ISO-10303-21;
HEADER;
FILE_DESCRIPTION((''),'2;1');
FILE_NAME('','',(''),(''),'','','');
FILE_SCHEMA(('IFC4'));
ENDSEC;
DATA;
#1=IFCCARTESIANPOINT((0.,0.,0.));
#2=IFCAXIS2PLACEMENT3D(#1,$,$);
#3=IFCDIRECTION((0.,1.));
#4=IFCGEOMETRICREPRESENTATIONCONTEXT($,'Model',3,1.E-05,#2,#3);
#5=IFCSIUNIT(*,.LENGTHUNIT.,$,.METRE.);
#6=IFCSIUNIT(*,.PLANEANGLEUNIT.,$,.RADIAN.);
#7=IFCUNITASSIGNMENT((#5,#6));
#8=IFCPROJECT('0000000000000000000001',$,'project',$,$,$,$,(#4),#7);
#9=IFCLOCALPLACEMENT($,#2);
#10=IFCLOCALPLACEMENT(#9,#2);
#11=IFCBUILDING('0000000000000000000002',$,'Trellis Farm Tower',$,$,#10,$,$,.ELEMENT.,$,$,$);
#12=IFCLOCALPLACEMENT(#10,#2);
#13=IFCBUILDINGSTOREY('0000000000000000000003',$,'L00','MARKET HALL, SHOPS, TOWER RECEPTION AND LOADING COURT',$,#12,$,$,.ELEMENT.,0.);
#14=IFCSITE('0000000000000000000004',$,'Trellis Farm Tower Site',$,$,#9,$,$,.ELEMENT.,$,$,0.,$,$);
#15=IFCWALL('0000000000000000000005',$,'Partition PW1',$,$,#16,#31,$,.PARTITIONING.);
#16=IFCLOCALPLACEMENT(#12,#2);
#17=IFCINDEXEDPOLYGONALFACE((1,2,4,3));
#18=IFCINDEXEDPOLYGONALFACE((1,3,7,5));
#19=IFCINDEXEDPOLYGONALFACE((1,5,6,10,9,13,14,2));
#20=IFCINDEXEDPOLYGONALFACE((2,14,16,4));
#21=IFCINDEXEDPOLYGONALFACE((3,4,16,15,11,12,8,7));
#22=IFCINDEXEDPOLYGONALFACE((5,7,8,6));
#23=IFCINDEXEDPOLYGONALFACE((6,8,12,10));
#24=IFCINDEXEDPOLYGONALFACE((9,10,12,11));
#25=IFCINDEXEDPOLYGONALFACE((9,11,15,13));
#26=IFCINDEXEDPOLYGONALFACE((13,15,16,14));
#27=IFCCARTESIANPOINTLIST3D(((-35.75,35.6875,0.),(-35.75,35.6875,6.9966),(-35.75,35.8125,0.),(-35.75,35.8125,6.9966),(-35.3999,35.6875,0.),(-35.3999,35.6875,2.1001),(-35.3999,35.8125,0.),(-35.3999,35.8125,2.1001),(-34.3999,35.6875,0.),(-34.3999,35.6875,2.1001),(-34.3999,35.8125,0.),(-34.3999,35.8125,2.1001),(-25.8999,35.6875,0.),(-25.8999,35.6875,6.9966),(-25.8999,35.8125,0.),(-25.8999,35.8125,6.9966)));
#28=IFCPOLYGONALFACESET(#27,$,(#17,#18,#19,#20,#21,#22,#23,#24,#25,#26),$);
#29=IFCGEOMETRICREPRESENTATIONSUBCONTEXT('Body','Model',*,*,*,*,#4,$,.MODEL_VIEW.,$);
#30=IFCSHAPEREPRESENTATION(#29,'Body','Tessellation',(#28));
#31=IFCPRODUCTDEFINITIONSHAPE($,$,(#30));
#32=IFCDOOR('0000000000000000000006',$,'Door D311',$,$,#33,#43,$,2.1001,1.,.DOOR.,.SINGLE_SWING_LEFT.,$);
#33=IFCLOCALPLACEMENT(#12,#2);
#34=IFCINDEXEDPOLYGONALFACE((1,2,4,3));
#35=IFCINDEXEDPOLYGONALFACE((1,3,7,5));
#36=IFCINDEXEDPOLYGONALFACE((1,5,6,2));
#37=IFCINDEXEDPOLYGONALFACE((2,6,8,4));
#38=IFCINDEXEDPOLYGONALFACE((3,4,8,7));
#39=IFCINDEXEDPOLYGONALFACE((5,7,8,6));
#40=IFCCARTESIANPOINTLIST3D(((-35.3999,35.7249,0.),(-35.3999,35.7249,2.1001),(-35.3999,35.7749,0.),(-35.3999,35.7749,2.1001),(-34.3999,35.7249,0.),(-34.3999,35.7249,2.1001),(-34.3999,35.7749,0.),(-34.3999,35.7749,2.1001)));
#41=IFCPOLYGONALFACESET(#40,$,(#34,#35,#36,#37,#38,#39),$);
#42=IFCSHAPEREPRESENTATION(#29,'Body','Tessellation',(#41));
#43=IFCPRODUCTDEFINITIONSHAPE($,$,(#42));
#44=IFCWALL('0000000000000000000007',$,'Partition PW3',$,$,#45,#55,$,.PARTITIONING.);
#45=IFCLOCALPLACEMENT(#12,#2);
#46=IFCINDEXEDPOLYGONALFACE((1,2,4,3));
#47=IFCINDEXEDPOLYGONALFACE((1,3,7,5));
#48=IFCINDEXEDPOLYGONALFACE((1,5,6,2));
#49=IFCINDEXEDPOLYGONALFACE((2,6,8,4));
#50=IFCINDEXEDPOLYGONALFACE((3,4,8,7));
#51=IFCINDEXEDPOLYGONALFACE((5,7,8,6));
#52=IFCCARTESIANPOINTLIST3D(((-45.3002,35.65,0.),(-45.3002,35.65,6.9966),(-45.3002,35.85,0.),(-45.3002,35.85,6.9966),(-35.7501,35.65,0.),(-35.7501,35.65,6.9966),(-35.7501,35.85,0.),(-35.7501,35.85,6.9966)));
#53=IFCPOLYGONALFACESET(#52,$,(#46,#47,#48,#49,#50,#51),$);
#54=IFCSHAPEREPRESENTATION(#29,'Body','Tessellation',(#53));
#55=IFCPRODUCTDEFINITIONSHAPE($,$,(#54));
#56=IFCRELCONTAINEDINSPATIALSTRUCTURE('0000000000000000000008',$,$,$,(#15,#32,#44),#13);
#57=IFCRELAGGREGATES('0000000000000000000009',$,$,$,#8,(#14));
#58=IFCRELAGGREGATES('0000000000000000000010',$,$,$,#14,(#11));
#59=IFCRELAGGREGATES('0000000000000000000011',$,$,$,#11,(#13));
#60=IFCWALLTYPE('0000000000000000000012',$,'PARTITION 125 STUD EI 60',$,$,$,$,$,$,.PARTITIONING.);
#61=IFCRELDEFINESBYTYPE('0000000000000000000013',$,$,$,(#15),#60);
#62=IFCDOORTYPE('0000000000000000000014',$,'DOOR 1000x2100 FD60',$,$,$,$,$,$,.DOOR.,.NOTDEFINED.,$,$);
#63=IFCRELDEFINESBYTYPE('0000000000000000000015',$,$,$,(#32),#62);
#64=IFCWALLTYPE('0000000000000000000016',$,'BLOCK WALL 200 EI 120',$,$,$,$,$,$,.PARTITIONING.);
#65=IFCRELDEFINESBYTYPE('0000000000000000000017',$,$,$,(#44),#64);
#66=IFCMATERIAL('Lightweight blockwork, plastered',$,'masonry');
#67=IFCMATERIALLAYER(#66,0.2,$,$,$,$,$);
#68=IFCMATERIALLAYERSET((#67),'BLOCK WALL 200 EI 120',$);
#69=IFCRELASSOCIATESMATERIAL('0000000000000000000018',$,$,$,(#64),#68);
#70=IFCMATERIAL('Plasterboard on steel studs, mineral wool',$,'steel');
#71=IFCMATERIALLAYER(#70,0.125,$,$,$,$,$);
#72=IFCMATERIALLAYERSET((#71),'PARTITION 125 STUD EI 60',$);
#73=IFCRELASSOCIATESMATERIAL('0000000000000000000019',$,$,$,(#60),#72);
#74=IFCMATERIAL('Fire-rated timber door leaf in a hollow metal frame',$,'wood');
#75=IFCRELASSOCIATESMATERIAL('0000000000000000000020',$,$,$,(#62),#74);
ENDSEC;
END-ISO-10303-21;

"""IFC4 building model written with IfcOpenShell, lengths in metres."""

from ifc_helpers import new_model, si_unit, direction, frame, frame_2d, origin, place, context, subcontext, project, spatial, rectangle, extrude, source, transform, mapped, material, layer, layer_set, type_object, element, fill, save


model = new_model("IFC4")

# Units and contexts
model_context = context("Model", 3, precision=1e-05, world=origin(), true_north=direction((0.0, 1.0)))
body_context = subcontext(model_context, "Body", "Model", "MODEL_VIEW")
ifc_project = project(units=[si_unit("LENGTHUNIT", "METRE"), si_unit("PLANEANGLEUNIT", "RADIAN")], contexts=[model_context])

# Site, building, storey
site_placement = place(None, origin())
site = spatial("IfcSite", under=ifc_project, at=site_placement, Name="Trellis Farm Tower Site", CompositionType="ELEMENT", RefElevation=0.0)
building_placement = place(site_placement, origin())
building = spatial("IfcBuilding", under=site, at=building_placement, Name="Trellis Farm Tower", CompositionType="ELEMENT")
storey_placement = place(building_placement, origin())
storey = spatial("IfcBuildingStorey", under=building, at=storey_placement, Name="L00", Description="MARKET HALL, SHOPS, TOWER RECEPTION AND LOADING COURT", CompositionType="ELEMENT", Elevation=0.0)

# Shared definitions
ifc_material_1 = material(Name="Lightweight blockwork, plastered", Category="masonry")
ifc_layer_1 = layer(ifc_material_1, 0.2)
ifc_layer_set_1 = layer_set([ifc_layer_1], Name="BLOCK WALL 200 EI 120")
wall_type_1 = type_object("IfcWallType", Name="BLOCK WALL 200 EI 120", PredefinedType="PARTITIONING", material=ifc_layer_set_1)

# Wall, opening, door
ifc_material_2 = material(Name="Plasterboard on steel studs, mineral wool", Category="steel")
ifc_layer_2 = layer(ifc_material_2, 0.125)
ifc_layer_set_2 = layer_set([ifc_layer_2], Name="PARTITION 125 STUD EI 60")
wall_type_2 = type_object("IfcWallType", Name="PARTITION 125 STUD EI 60", PredefinedType="PARTITIONING", material=ifc_layer_set_2)
shared_shape_1 = source(origin(), body_context, "Body", "SweptSolid", [
    extrude(rectangle(XDim=9.8501, YDim=0.125, at=frame_2d((4.925, 0.0))), origin(), (0.0, 0.0, 1.0), 6.9966),
])
wall_1_placement = place(storey_placement, frame((-35.75, 35.75, 0.0), z_axis=(0.0, 0.0, 1.0), x_axis=(1.0, 0.0, 0.0)))
wall_1 = element("IfcWall", 1, at=wall_1_placement, inside=storey, type_object=wall_type_2, Name="Partition PW1", PredefinedType="PARTITIONING", context=body_context, shape_type="MappedRepresentation", body=[
    mapped(shared_shape_1, transform((0.0, 0.0, 0.0))),
])
shared_shape_2 = source(origin(), body_context, "Body", "SweptSolid", [
    extrude(rectangle(XDim=1.0, YDim=2.1001, at=frame_2d((0.5, 1.05))), frame((0.0, 0.0725, 0.0), z_axis=(0.0, -1.0, 0.0), x_axis=(1.0, 0.0, 0.0)), (0.0, 0.0, 1.0), 0.145),
])
opening_placement = place(wall_1_placement, frame((0.3501, 0.0, 0.0)))
opening = element("IfcOpeningElement", 2, at=opening_placement, cuts=wall_1, PredefinedType="OPENING", context=body_context, shape_type="MappedRepresentation", body=[
    mapped(shared_shape_2, transform((0.0, 0.0, 0.0))),
])
ifc_material_3 = material(Name="Fire-rated timber door leaf in a hollow metal frame", Category="wood")
door_type = type_object("IfcDoorType", Name="DOOR 1000x2100 FD60", OperationType="NOTDEFINED", PredefinedType="DOOR", material=ifc_material_3)
shared_shape_3 = source(origin(), body_context, "Body", "SweptSolid", [
    extrude(rectangle(XDim=1.0, YDim=2.1001, at=frame_2d((0.5, 1.05))), frame((0.0, 0.0249, 0.0), z_axis=(0.0, -1.0, 0.0), x_axis=(1.0, 0.0, 0.0)), (0.0, 0.0, 1.0), 0.05),
])
door_placement = place(opening_placement, origin())
door = element("IfcDoor", 3, at=door_placement, inside=storey, type_object=door_type, Name="Door D311", OperationType="SINGLE_SWING_LEFT", OverallHeight=2.1001, OverallWidth=1.0, PredefinedType="DOOR", context=body_context, shape_type="MappedRepresentation", body=[
    mapped(shared_shape_3, transform((0.0, 0.0, 0.0))),
])
fill(opening, door)

# Wall
shared_shape_4 = source(origin(), body_context, "Body", "SweptSolid", [
    extrude(rectangle(XDim=9.55, YDim=0.2, at=frame_2d((4.7749, 0.0))), origin(), (0.0, 0.0, 1.0), 6.9966),
])
wall_2_placement = place(storey_placement, frame((-45.3, 35.75, 0.0), z_axis=(0.0, 0.0, 1.0), x_axis=(1.0, 0.0, 0.0)))
element("IfcWall", 4, at=wall_2_placement, inside=storey, type_object=wall_type_1, Name="Partition PW3", PredefinedType="PARTITIONING", context=body_context, shape_type="MappedRepresentation", body=[
    mapped(shared_shape_4, transform((0.0, 0.0, 0.0))),
])

save(model, "model.ifc")
